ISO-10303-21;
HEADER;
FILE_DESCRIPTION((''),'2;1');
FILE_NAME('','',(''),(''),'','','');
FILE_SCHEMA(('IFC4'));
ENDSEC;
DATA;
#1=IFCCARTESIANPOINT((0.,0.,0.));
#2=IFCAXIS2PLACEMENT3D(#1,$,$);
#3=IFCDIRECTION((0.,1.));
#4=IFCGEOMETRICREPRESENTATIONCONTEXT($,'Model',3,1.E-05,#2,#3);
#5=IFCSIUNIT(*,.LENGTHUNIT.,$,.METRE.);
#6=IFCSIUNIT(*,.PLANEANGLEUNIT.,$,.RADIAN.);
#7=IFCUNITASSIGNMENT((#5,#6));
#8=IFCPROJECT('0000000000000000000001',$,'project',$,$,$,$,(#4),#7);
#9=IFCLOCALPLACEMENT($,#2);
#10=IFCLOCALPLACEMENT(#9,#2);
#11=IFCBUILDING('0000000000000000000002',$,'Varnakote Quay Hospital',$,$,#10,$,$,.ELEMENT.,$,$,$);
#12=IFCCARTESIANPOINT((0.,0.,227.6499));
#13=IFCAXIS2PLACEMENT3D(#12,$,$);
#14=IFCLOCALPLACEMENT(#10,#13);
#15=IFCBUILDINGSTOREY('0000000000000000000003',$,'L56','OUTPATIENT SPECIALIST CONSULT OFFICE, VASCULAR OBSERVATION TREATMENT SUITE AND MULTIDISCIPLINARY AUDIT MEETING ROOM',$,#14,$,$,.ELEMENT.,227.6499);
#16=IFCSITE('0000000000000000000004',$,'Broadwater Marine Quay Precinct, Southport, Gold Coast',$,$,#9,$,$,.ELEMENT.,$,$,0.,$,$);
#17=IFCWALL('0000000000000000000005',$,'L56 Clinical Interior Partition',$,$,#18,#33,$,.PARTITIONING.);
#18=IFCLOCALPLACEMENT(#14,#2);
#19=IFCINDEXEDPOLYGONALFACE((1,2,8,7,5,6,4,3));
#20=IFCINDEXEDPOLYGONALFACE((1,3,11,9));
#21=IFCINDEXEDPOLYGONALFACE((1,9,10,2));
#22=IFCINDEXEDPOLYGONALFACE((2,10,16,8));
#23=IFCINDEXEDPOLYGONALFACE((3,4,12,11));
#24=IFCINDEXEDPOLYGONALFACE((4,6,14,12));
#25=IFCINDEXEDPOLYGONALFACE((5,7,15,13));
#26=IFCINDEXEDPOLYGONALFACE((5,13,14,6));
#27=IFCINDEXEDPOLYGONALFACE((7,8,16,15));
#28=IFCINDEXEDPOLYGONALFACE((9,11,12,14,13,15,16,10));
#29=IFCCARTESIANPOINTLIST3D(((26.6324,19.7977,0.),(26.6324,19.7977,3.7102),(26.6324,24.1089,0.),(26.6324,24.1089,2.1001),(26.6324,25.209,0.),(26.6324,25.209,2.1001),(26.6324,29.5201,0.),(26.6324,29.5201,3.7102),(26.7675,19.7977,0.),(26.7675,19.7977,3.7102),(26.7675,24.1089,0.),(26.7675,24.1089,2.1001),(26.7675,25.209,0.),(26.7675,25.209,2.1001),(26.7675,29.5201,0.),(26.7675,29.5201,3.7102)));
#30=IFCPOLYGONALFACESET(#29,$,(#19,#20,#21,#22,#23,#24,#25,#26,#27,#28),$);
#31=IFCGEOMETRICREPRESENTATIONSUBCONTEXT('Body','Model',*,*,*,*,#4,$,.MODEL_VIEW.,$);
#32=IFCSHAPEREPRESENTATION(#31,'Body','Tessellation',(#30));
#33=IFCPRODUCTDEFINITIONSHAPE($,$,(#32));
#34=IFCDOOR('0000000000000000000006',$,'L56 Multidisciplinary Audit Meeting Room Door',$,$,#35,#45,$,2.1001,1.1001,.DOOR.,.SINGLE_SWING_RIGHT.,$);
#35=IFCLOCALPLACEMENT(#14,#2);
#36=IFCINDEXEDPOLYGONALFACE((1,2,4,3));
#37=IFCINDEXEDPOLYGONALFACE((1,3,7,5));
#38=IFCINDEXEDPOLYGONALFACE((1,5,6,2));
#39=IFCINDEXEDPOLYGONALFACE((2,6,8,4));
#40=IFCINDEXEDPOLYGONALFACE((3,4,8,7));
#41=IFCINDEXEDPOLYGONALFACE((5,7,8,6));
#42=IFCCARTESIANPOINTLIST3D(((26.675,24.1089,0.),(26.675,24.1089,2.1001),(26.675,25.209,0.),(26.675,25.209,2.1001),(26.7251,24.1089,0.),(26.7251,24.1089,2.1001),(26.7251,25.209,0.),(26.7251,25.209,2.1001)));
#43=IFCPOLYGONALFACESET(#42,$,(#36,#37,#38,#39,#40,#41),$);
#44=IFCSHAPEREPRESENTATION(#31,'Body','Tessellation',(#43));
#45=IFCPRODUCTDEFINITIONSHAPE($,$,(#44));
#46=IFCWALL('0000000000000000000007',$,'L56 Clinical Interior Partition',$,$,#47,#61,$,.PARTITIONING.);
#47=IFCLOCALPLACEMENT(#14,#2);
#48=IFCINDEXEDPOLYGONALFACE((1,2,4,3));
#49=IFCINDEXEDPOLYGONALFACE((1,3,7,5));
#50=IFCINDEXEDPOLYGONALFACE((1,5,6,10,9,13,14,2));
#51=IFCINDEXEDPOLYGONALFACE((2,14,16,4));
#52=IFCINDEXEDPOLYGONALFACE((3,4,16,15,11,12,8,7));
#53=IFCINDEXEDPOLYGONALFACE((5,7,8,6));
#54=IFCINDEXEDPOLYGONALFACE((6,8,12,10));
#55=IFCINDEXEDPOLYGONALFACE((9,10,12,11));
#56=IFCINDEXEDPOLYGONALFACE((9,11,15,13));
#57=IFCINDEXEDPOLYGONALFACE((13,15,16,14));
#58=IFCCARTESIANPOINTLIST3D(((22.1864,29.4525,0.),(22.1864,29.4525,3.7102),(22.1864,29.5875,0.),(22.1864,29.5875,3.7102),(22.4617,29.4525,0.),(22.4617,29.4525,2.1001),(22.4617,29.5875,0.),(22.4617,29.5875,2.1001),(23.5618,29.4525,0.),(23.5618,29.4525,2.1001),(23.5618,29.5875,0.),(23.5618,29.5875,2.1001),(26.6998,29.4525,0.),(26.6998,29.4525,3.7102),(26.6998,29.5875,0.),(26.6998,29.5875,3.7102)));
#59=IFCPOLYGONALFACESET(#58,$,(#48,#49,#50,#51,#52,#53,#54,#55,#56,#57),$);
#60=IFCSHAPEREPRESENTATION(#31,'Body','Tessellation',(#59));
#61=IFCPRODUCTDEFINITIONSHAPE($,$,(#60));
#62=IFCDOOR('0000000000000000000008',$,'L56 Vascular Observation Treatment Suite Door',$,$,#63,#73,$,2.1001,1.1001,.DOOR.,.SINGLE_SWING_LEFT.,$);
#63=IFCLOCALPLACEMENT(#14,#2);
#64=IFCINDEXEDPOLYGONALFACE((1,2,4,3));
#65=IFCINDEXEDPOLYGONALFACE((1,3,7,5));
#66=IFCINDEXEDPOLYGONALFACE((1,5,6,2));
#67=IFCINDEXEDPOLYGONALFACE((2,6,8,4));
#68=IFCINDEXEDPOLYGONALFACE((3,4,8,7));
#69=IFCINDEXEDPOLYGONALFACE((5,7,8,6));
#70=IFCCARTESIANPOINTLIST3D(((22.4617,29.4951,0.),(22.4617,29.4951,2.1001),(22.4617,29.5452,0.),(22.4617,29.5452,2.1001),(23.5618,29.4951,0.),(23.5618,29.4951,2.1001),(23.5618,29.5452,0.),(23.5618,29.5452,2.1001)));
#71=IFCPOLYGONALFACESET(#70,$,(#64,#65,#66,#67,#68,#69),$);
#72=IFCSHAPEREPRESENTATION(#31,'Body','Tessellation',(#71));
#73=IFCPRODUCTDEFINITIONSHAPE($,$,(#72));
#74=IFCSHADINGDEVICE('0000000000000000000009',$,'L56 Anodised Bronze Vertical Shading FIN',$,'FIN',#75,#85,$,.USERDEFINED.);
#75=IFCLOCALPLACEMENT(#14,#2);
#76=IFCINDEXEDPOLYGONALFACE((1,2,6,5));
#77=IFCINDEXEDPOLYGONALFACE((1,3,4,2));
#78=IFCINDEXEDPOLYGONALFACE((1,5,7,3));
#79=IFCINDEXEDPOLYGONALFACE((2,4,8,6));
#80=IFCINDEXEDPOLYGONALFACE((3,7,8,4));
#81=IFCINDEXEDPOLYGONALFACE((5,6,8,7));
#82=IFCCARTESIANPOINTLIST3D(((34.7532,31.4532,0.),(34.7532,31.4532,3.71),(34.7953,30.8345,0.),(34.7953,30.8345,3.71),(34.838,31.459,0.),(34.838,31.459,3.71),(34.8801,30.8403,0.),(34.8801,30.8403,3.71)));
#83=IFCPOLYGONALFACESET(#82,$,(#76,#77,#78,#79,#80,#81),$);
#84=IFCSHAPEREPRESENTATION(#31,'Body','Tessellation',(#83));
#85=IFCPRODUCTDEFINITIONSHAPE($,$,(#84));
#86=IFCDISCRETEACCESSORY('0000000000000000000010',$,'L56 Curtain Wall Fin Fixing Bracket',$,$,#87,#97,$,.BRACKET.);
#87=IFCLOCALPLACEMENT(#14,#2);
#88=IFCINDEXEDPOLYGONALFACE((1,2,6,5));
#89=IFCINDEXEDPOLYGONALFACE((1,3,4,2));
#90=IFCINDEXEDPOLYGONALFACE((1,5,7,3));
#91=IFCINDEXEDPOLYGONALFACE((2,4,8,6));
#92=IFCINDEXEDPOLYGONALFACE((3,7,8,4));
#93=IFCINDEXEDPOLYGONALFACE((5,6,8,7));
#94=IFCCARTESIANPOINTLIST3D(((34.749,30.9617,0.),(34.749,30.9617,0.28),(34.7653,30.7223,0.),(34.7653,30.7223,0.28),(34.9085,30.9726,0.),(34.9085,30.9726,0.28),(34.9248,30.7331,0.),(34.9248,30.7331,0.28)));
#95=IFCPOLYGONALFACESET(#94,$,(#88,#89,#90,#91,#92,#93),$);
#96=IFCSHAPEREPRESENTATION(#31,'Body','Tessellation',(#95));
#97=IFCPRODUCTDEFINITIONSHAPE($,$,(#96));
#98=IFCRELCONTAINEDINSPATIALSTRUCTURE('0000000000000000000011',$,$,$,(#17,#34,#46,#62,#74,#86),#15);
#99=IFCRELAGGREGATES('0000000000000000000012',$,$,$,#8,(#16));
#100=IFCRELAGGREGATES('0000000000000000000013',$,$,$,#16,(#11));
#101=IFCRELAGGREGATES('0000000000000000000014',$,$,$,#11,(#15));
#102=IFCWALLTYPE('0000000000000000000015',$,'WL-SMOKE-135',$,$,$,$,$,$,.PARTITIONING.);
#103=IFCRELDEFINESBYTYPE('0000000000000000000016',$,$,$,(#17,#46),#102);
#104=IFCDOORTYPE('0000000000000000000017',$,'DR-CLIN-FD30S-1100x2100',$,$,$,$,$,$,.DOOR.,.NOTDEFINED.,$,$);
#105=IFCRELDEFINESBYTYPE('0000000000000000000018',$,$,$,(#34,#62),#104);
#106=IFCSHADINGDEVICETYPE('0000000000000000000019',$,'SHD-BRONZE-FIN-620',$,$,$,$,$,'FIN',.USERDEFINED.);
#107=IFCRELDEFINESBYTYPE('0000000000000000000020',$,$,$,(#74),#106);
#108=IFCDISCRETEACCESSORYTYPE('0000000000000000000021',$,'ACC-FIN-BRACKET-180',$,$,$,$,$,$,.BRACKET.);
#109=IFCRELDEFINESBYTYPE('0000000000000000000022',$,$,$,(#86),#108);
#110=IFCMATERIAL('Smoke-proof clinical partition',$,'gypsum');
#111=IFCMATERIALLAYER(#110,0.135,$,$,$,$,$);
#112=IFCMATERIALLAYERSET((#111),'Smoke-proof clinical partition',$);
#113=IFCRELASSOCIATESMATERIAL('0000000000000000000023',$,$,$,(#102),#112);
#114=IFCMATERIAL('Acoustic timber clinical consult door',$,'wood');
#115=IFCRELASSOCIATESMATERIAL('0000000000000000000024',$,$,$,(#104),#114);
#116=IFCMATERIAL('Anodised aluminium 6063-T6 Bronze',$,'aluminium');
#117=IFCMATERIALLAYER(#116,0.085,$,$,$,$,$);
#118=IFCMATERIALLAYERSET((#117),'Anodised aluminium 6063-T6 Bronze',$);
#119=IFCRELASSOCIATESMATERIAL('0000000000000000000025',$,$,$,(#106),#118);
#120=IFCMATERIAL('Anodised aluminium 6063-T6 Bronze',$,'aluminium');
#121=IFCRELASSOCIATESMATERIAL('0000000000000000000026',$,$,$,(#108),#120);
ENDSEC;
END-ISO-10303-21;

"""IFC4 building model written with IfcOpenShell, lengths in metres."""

from ifc_helpers import new_model, si_unit, direction, frame, frame_2d, origin, origin_2d, place, context, subcontext, project, spatial, rectangle, extrude, material, layer, layer_set, type_object, element, fill, save


model = new_model("IFC4")

# Units and contexts
model_context = context("Model", 3, precision=1e-05, world=origin(), true_north=direction((0.0, 1.0)))
body_context = subcontext(model_context, "Body", "Model", "MODEL_VIEW")
ifc_project = project(units=[si_unit("LENGTHUNIT", "METRE"), si_unit("PLANEANGLEUNIT", "RADIAN")], contexts=[model_context])

# Site, building, storey
site_placement = place(None, origin())
site = spatial("IfcSite", under=ifc_project, at=site_placement, Name="Broadwater Marine Quay Precinct, Southport, Gold Coast", CompositionType="ELEMENT", RefElevation=0.0)
building_placement = place(site_placement, origin())
building = spatial("IfcBuilding", under=site, at=building_placement, Name="Varnakote Quay Hospital", CompositionType="ELEMENT")
storey_placement = place(building_placement, frame((0.0, 0.0, 227.6499)))
storey = spatial("IfcBuildingStorey", under=building, at=storey_placement, Name="L56", Description="OUTPATIENT SPECIALIST CONSULT OFFICE, VASCULAR OBSERVATION TREATMENT SUITE AND MULTIDISCIPLINARY AUDIT MEETING ROOM", CompositionType="ELEMENT", Elevation=227.6499)

# Shared definitions
ifc_material_1 = material(Name="Smoke-proof clinical partition", Category="gypsum")
ifc_layer_1 = layer(ifc_material_1, 0.135)
ifc_layer_set_1 = layer_set([ifc_layer_1], Name="Smoke-proof clinical partition")
wall_type_1 = type_object("IfcWallType", Name="WL-SMOKE-135", PredefinedType="PARTITIONING", material=ifc_layer_set_1)

# Walls, openings, doors
wall_1_placement = place(storey_placement, frame((26.7, 19.7976, 0.0), z_axis=(0.0, 0.0, 1.0), x_axis=(0.0, 1.0, 0.0)))
wall_1 = element("IfcWall", 1, at=wall_1_placement, inside=storey, type_object=wall_type_1, Name="L56 Clinical Interior Partition", PredefinedType="PARTITIONING", context=body_context, shape_type="SweptSolid", body=[
    extrude(rectangle(XDim=9.7224, YDim=0.135, at=frame_2d((4.8613, 0.0))), origin(), (0.0, 0.0, 1.0), 3.7102),
])
opening_1_placement = place(wall_1_placement, frame((4.3113, 0.0, 0.0)))
opening_1 = element("IfcOpeningElement", 2, at=opening_1_placement, cuts=wall_1, PredefinedType="OPENING", context=body_context, shape_type="SweptSolid", body=[
    extrude(rectangle(XDim=1.1001, YDim=2.1001, at=frame_2d((0.55, 1.05))), frame((0.0, 0.0774, 0.0), z_axis=(0.0, -1.0, 0.0), x_axis=(1.0, 0.0, 0.0)), (0.0, 0.0, 1.0), 0.155),
])
ifc_material_2 = material(Name="Acoustic timber clinical consult door", Category="wood")
door_type = type_object("IfcDoorType", Name="DR-CLIN-FD30S-1100x2100", OperationType="NOTDEFINED", PredefinedType="DOOR", material=ifc_material_2)
door_1_placement = place(opening_1_placement, origin())
door_1 = element("IfcDoor", 3, at=door_1_placement, inside=storey, type_object=door_type, Name="L56 Multidisciplinary Audit Meeting Room Door", OperationType="SINGLE_SWING_RIGHT", OverallHeight=2.1001, OverallWidth=1.1001, PredefinedType="DOOR", context=body_context, shape_type="SweptSolid", body=[
    extrude(rectangle(XDim=1.1001, YDim=2.1001, at=frame_2d((0.55, 1.05))), frame((0.0, 0.0249, 0.0), z_axis=(0.0, -1.0, 0.0), x_axis=(1.0, 0.0, 0.0)), (0.0, 0.0, 1.0), 0.05),
])
fill(opening_1, door_1)
wall_2_placement = place(storey_placement, frame((26.7, 29.52, 0.0), z_axis=(0.0, 0.0, 1.0), x_axis=(-1.0, 0.0, 0.0)))
wall_2 = element("IfcWall", 4, at=wall_2_placement, inside=storey, type_object=wall_type_1, Name="L56 Clinical Interior Partition", PredefinedType="PARTITIONING", context=body_context, shape_type="SweptSolid", body=[
    extrude(rectangle(XDim=4.5134, YDim=0.135, at=frame_2d((2.2568, 0.0))), origin(), (0.0, 0.0, 1.0), 3.7102),
])
opening_2_placement = place(wall_2_placement, frame((3.1382, 0.0, 0.0)))
opening_2 = element("IfcOpeningElement", 5, at=opening_2_placement, cuts=wall_2, PredefinedType="OPENING", context=body_context, shape_type="SweptSolid", body=[
    extrude(rectangle(XDim=1.1001, YDim=2.1001, at=frame_2d((0.55, 1.05))), frame((0.0, 0.0774, 0.0), z_axis=(0.0, -1.0, 0.0), x_axis=(1.0, 0.0, 0.0)), (0.0, 0.0, 1.0), 0.155),
])
door_2_placement = place(opening_2_placement, origin())
door_2 = element("IfcDoor", 6, at=door_2_placement, inside=storey, type_object=door_type, Name="L56 Vascular Observation Treatment Suite Door", OperationType="SINGLE_SWING_LEFT", OverallHeight=2.1001, OverallWidth=1.1001, PredefinedType="DOOR", context=body_context, shape_type="SweptSolid", body=[
    extrude(rectangle(XDim=1.1001, YDim=2.1001, at=frame_2d((0.55, 1.05))), frame((0.0, 0.0249, 0.0), z_axis=(0.0, -1.0, 0.0), x_axis=(1.0, 0.0, 0.0)), (0.0, 0.0, 1.0), 0.05),
])
fill(opening_2, door_2)

# Shading device
ifc_material_3 = material(Name="Anodised aluminium 6063-T6 Bronze", Category="aluminium")
ifc_layer_2 = layer(ifc_material_3, 0.085)
ifc_layer_set_2 = layer_set([ifc_layer_2], Name="Anodised aluminium 6063-T6 Bronze")
shading_device_type = type_object("IfcShadingDeviceType", Name="SHD-BRONZE-FIN-620", ElementType="FIN", PredefinedType="USERDEFINED", material=ifc_layer_set_2)
shading_device_placement = place(storey_placement, frame((34.8167, 31.1467, 0.0), z_axis=(0.0, 0.0, 1.0), x_axis=(0.067841, -0.997696, 0.0)))
element("IfcShadingDevice", 7, at=shading_device_placement, inside=storey, type_object=shading_device_type, Name="L56 Anodised Bronze Vertical Shading FIN", ObjectType="FIN", PredefinedType="USERDEFINED", context=body_context, shape_type="SweptSolid", body=[
    extrude(rectangle(XDim=0.6201, YDim=0.085, at=origin_2d()), origin(), (0.0, 0.0, 1.0), 3.71),
])

# Discrete accessory
ifc_material_4 = material(Name="Anodised aluminium 6063-T6 Bronze", Category="aluminium")
discrete_accessory_type = type_object("IfcDiscreteAccessoryType", Name="ACC-FIN-BRACKET-180", PredefinedType="BRACKET", material=ifc_material_4)
discrete_accessory_placement = place(storey_placement, frame((34.8369, 30.8474, 0.0), z_axis=(0.0, 0.0, 1.0), x_axis=(-0.997696, -0.067841, 0.0)))
element("IfcDiscreteAccessory", 8, at=discrete_accessory_placement, inside=storey, type_object=discrete_accessory_type, Name="L56 Curtain Wall Fin Fixing Bracket", PredefinedType="BRACKET", context=body_context, shape_type="SweptSolid", body=[
    extrude(rectangle(XDim=0.1599, YDim=0.24, at=origin_2d()), origin(), (0.0, 0.0, 1.0), 0.28),
])

save(model, "model.ifc")
